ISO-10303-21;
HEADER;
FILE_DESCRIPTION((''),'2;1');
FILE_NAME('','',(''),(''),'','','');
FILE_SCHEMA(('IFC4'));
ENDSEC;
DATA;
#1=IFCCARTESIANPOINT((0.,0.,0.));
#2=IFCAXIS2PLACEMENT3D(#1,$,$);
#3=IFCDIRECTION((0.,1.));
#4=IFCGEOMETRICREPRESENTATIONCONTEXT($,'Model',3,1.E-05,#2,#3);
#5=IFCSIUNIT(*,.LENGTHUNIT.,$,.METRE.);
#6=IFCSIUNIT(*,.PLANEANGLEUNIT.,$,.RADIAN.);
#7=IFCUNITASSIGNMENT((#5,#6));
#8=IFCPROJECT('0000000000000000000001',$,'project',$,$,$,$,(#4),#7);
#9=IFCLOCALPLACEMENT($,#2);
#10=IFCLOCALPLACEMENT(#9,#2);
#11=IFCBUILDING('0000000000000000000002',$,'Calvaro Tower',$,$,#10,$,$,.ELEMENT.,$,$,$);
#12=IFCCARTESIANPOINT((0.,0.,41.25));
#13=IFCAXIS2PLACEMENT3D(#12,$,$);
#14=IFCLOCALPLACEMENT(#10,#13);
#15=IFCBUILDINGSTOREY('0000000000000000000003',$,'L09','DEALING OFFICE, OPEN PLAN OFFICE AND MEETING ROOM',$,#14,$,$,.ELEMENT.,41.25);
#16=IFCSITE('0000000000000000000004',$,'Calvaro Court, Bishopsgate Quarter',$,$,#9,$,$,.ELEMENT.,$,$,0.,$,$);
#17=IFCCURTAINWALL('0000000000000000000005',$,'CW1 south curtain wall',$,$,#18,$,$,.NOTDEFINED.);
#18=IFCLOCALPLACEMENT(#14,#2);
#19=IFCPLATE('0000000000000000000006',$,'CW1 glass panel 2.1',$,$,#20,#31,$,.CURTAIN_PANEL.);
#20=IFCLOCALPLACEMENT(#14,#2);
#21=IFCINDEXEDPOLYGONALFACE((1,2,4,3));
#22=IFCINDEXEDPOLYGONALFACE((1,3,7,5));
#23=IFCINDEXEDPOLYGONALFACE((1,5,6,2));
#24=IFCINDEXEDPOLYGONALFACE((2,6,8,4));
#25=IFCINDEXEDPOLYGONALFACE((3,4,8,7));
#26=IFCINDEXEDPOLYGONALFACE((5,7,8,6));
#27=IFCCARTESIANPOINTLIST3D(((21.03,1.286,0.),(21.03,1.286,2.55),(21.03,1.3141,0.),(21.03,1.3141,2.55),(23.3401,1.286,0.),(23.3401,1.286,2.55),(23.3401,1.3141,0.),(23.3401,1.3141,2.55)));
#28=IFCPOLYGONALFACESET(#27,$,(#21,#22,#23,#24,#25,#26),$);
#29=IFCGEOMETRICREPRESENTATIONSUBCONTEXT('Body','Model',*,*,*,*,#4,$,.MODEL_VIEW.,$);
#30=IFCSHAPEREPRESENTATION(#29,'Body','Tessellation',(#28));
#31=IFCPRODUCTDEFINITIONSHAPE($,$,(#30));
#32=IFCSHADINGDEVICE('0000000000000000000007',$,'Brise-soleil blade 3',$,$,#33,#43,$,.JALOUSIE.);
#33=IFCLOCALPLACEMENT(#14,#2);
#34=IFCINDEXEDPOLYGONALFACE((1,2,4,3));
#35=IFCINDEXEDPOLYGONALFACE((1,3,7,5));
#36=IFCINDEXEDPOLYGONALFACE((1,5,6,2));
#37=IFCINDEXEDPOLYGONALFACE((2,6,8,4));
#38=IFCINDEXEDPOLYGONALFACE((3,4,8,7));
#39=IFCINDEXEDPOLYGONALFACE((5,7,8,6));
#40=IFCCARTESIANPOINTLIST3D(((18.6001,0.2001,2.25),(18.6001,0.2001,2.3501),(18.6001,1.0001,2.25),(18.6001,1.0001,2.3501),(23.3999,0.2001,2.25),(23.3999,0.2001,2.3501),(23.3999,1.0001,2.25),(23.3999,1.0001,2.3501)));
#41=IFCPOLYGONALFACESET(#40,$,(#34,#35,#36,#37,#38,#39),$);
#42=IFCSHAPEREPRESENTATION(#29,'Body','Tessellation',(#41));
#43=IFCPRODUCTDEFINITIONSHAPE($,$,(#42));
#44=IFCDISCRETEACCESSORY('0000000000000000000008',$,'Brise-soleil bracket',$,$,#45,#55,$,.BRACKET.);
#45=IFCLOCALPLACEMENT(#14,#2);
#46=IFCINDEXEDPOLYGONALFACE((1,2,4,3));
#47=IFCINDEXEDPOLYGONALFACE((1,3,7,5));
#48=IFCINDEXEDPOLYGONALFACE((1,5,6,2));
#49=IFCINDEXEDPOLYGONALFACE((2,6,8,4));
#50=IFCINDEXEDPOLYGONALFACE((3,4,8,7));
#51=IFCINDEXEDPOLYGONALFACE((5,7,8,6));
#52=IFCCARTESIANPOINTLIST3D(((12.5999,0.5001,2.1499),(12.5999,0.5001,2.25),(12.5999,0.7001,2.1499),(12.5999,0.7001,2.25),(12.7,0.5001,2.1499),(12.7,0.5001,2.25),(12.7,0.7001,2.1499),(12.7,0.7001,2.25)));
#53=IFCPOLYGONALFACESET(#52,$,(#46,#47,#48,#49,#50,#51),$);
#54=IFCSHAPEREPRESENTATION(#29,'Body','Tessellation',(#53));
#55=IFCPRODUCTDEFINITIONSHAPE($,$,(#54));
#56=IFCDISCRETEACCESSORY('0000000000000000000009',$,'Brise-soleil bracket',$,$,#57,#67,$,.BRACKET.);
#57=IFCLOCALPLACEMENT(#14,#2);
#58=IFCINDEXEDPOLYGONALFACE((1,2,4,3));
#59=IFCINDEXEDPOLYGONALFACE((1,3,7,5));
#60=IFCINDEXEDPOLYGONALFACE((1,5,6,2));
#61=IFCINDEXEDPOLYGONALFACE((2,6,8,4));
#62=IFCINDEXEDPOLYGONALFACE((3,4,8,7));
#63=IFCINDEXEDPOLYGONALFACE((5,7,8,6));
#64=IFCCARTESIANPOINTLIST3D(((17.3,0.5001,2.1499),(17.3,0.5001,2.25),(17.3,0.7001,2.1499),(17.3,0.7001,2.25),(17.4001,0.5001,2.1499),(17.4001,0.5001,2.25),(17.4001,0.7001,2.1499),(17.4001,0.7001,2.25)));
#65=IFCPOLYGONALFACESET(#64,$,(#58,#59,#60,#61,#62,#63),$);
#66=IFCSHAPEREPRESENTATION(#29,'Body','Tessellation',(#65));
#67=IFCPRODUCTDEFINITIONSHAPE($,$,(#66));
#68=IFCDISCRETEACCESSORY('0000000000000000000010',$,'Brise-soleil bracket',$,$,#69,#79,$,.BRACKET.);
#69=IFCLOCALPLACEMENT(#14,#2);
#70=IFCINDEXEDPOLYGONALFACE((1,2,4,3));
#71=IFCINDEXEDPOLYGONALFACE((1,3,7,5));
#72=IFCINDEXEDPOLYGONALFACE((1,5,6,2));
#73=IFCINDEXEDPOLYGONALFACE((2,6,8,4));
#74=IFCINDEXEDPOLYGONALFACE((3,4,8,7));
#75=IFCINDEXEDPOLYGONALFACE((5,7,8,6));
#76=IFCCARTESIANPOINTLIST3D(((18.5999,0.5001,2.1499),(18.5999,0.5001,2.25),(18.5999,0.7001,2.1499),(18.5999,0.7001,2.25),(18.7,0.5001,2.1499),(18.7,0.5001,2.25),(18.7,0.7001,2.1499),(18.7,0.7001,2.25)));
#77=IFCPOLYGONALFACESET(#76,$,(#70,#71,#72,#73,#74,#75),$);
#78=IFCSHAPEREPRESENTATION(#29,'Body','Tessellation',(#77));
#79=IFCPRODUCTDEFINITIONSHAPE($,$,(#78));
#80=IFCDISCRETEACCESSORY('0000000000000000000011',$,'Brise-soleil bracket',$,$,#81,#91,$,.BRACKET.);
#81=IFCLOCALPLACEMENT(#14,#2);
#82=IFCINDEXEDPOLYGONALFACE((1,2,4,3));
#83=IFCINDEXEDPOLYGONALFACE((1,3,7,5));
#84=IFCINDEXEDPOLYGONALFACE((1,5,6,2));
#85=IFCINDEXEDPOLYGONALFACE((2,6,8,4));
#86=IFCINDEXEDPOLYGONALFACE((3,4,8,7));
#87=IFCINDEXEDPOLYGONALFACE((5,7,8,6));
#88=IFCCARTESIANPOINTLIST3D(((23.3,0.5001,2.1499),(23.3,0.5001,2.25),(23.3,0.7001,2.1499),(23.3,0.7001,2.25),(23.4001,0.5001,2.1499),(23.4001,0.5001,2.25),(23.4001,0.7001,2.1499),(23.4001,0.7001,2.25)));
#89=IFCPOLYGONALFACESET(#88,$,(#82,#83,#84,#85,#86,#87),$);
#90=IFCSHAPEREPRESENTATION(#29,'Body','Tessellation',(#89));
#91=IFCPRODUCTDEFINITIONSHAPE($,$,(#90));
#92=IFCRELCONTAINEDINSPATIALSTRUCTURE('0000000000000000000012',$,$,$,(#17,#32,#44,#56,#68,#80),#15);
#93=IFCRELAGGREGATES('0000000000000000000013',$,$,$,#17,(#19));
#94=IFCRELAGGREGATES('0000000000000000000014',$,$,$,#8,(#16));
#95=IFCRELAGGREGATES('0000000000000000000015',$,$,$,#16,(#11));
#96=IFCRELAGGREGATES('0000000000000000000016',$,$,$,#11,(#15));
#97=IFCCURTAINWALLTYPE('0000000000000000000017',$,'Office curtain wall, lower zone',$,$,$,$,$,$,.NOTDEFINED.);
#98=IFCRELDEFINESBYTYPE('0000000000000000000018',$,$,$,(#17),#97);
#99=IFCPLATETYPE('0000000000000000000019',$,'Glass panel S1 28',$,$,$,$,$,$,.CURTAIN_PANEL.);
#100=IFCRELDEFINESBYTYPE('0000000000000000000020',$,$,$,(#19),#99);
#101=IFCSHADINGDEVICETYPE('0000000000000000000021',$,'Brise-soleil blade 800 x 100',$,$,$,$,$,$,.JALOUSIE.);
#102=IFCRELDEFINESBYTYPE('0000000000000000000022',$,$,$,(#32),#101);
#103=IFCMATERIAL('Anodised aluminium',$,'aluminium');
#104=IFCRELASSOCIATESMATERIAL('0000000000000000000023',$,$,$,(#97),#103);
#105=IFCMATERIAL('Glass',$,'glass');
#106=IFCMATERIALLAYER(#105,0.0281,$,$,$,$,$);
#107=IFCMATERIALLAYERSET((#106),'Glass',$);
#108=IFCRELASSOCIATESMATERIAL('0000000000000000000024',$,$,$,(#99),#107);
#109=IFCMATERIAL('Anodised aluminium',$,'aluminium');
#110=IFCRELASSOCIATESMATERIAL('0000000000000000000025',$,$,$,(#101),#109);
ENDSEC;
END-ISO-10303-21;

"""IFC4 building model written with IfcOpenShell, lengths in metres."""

from ifc_helpers import new_model, si_unit, direction, frame, origin, origin_2d, place, context, subcontext, project, spatial, rectangle, extrude, material, layer, layer_set, material_profile, profile_set, type_object, element, aggregate, save


model = new_model("IFC4")

# Units and contexts
model_context = context("Model", 3, precision=1e-05, world=origin(), true_north=direction((0.0, 1.0)))
body_context = subcontext(model_context, "Body", "Model", "MODEL_VIEW")
ifc_project = project(units=[si_unit("LENGTHUNIT", "METRE"), si_unit("PLANEANGLEUNIT", "RADIAN")], contexts=[model_context])

# Site, building, storey
site_placement = place(None, origin())
site = spatial("IfcSite", under=ifc_project, at=site_placement, Name="Calvaro Court, Bishopsgate Quarter", CompositionType="ELEMENT", RefElevation=0.0)
building_placement = place(site_placement, origin())
building = spatial("IfcBuilding", under=site, at=building_placement, Name="Calvaro Tower", CompositionType="ELEMENT")
storey_placement = place(building_placement, frame((0.0, 0.0, 41.25)))
storey = spatial("IfcBuildingStorey", under=building, at=storey_placement, Name="L09", Description="DEALING OFFICE, OPEN PLAN OFFICE AND MEETING ROOM", CompositionType="ELEMENT", Elevation=41.25)

# Curtain wall
ifc_material_1 = material(Name="Anodised aluminium", Category="aluminium")
curtain_wall_type = type_object("IfcCurtainWallType", Name="Office curtain wall, lower zone", PredefinedType="NOTDEFINED", material=ifc_material_1)
curtain_wall_1_placement = place(storey_placement, origin())
curtain_wall_1 = element("IfcCurtainWall", 1, at=curtain_wall_1_placement, inside=storey, type_object=curtain_wall_type, Name="CW1 south curtain wall", PredefinedType="NOTDEFINED")

# Plate
ifc_material_2 = material(Name="Glass", Category="glass")
ifc_layer = layer(ifc_material_2, 0.0281)
ifc_layer_set = layer_set([ifc_layer], Name="Glass")
plate_type = type_object("IfcPlateType", Name="Glass panel S1 28", PredefinedType="CURTAIN_PANEL", material=ifc_layer_set)
plate_1_placement = place(storey_placement, frame((22.1851, 1.3, 0.0), z_axis=(0.0, 0.0, 1.0), x_axis=(1.0, 0.0, 0.0)))
plate_1 = element("IfcPlate", 2, at=plate_1_placement, type_object=plate_type, Name="CW1 glass panel 2.1", PredefinedType="CURTAIN_PANEL", context=body_context, shape_type="SweptSolid", body=[
    extrude(rectangle(XDim=2.3101, YDim=0.0281, at=origin_2d()), origin(), (0.0, 0.0, 1.0), 2.55),
])
aggregate(curtain_wall_1, [plate_1])

# Shading device
ifc_material_3 = material(Name="Anodised aluminium", Category="aluminium")
ifc_material_profile_1 = material_profile(ifc_material_3, rectangle(XDim=0.8, YDim=0.1001, at=origin_2d()), Name="Brise-soleil blade 800 x 100")
ifc_profile_set_1 = profile_set([ifc_material_profile_1], Name="Anodised aluminium")
shading_device_type = type_object("IfcShadingDeviceType", Name="Brise-soleil blade 800 x 100", PredefinedType="JALOUSIE", material=ifc_profile_set_1)
shading_device_placement = place(storey_placement, frame((18.6001, 0.6001, 2.3), z_axis=(1.0, 0.0, 0.0), x_axis=(0.0, 1.0, 0.0)))
element("IfcShadingDevice", 3, at=shading_device_placement, inside=storey, type_object=shading_device_type, Name="Brise-soleil blade 3", PredefinedType="JALOUSIE", context=body_context, shape_type="SweptSolid", body=[
    extrude(rectangle(XDim=0.8, YDim=0.1001, at=origin_2d()), origin(), (0.0, 0.0, 1.0), 4.7998),
])

# Discrete accessories
for number, where, z_axis, x_axis, name in (
    (4, (12.6499, 0.6001, 2.1499), (0.0, 0.0, 1.0), (1.0, 0.0, 0.0), "Brise-soleil bracket"),
    (5, (17.3501, 0.6001, 2.1499), (0.0, 0.0, 1.0), (1.0, 0.0, 0.0), "Brise-soleil bracket"),
    (6, (18.6499, 0.6001, 2.1499), (0.0, 0.0, 1.0), (1.0, 0.0, 0.0), "Brise-soleil bracket"),
    (7, (23.3501, 0.6001, 2.1499), (0.0, 0.0, 1.0), (1.0, 0.0, 0.0), "Brise-soleil bracket"),
):
    element("IfcDiscreteAccessory", number, at=place(storey_placement, frame(where, z_axis=z_axis, x_axis=x_axis)), inside=storey, Name=name, PredefinedType="BRACKET", context=body_context, shape_type="SweptSolid", body=[
        extrude(rectangle(XDim=0.1001, YDim=0.2, at=origin_2d()), origin(), (0.0, 0.0, 1.0), 0.1001),
    ])

save(model, "model.ifc")
